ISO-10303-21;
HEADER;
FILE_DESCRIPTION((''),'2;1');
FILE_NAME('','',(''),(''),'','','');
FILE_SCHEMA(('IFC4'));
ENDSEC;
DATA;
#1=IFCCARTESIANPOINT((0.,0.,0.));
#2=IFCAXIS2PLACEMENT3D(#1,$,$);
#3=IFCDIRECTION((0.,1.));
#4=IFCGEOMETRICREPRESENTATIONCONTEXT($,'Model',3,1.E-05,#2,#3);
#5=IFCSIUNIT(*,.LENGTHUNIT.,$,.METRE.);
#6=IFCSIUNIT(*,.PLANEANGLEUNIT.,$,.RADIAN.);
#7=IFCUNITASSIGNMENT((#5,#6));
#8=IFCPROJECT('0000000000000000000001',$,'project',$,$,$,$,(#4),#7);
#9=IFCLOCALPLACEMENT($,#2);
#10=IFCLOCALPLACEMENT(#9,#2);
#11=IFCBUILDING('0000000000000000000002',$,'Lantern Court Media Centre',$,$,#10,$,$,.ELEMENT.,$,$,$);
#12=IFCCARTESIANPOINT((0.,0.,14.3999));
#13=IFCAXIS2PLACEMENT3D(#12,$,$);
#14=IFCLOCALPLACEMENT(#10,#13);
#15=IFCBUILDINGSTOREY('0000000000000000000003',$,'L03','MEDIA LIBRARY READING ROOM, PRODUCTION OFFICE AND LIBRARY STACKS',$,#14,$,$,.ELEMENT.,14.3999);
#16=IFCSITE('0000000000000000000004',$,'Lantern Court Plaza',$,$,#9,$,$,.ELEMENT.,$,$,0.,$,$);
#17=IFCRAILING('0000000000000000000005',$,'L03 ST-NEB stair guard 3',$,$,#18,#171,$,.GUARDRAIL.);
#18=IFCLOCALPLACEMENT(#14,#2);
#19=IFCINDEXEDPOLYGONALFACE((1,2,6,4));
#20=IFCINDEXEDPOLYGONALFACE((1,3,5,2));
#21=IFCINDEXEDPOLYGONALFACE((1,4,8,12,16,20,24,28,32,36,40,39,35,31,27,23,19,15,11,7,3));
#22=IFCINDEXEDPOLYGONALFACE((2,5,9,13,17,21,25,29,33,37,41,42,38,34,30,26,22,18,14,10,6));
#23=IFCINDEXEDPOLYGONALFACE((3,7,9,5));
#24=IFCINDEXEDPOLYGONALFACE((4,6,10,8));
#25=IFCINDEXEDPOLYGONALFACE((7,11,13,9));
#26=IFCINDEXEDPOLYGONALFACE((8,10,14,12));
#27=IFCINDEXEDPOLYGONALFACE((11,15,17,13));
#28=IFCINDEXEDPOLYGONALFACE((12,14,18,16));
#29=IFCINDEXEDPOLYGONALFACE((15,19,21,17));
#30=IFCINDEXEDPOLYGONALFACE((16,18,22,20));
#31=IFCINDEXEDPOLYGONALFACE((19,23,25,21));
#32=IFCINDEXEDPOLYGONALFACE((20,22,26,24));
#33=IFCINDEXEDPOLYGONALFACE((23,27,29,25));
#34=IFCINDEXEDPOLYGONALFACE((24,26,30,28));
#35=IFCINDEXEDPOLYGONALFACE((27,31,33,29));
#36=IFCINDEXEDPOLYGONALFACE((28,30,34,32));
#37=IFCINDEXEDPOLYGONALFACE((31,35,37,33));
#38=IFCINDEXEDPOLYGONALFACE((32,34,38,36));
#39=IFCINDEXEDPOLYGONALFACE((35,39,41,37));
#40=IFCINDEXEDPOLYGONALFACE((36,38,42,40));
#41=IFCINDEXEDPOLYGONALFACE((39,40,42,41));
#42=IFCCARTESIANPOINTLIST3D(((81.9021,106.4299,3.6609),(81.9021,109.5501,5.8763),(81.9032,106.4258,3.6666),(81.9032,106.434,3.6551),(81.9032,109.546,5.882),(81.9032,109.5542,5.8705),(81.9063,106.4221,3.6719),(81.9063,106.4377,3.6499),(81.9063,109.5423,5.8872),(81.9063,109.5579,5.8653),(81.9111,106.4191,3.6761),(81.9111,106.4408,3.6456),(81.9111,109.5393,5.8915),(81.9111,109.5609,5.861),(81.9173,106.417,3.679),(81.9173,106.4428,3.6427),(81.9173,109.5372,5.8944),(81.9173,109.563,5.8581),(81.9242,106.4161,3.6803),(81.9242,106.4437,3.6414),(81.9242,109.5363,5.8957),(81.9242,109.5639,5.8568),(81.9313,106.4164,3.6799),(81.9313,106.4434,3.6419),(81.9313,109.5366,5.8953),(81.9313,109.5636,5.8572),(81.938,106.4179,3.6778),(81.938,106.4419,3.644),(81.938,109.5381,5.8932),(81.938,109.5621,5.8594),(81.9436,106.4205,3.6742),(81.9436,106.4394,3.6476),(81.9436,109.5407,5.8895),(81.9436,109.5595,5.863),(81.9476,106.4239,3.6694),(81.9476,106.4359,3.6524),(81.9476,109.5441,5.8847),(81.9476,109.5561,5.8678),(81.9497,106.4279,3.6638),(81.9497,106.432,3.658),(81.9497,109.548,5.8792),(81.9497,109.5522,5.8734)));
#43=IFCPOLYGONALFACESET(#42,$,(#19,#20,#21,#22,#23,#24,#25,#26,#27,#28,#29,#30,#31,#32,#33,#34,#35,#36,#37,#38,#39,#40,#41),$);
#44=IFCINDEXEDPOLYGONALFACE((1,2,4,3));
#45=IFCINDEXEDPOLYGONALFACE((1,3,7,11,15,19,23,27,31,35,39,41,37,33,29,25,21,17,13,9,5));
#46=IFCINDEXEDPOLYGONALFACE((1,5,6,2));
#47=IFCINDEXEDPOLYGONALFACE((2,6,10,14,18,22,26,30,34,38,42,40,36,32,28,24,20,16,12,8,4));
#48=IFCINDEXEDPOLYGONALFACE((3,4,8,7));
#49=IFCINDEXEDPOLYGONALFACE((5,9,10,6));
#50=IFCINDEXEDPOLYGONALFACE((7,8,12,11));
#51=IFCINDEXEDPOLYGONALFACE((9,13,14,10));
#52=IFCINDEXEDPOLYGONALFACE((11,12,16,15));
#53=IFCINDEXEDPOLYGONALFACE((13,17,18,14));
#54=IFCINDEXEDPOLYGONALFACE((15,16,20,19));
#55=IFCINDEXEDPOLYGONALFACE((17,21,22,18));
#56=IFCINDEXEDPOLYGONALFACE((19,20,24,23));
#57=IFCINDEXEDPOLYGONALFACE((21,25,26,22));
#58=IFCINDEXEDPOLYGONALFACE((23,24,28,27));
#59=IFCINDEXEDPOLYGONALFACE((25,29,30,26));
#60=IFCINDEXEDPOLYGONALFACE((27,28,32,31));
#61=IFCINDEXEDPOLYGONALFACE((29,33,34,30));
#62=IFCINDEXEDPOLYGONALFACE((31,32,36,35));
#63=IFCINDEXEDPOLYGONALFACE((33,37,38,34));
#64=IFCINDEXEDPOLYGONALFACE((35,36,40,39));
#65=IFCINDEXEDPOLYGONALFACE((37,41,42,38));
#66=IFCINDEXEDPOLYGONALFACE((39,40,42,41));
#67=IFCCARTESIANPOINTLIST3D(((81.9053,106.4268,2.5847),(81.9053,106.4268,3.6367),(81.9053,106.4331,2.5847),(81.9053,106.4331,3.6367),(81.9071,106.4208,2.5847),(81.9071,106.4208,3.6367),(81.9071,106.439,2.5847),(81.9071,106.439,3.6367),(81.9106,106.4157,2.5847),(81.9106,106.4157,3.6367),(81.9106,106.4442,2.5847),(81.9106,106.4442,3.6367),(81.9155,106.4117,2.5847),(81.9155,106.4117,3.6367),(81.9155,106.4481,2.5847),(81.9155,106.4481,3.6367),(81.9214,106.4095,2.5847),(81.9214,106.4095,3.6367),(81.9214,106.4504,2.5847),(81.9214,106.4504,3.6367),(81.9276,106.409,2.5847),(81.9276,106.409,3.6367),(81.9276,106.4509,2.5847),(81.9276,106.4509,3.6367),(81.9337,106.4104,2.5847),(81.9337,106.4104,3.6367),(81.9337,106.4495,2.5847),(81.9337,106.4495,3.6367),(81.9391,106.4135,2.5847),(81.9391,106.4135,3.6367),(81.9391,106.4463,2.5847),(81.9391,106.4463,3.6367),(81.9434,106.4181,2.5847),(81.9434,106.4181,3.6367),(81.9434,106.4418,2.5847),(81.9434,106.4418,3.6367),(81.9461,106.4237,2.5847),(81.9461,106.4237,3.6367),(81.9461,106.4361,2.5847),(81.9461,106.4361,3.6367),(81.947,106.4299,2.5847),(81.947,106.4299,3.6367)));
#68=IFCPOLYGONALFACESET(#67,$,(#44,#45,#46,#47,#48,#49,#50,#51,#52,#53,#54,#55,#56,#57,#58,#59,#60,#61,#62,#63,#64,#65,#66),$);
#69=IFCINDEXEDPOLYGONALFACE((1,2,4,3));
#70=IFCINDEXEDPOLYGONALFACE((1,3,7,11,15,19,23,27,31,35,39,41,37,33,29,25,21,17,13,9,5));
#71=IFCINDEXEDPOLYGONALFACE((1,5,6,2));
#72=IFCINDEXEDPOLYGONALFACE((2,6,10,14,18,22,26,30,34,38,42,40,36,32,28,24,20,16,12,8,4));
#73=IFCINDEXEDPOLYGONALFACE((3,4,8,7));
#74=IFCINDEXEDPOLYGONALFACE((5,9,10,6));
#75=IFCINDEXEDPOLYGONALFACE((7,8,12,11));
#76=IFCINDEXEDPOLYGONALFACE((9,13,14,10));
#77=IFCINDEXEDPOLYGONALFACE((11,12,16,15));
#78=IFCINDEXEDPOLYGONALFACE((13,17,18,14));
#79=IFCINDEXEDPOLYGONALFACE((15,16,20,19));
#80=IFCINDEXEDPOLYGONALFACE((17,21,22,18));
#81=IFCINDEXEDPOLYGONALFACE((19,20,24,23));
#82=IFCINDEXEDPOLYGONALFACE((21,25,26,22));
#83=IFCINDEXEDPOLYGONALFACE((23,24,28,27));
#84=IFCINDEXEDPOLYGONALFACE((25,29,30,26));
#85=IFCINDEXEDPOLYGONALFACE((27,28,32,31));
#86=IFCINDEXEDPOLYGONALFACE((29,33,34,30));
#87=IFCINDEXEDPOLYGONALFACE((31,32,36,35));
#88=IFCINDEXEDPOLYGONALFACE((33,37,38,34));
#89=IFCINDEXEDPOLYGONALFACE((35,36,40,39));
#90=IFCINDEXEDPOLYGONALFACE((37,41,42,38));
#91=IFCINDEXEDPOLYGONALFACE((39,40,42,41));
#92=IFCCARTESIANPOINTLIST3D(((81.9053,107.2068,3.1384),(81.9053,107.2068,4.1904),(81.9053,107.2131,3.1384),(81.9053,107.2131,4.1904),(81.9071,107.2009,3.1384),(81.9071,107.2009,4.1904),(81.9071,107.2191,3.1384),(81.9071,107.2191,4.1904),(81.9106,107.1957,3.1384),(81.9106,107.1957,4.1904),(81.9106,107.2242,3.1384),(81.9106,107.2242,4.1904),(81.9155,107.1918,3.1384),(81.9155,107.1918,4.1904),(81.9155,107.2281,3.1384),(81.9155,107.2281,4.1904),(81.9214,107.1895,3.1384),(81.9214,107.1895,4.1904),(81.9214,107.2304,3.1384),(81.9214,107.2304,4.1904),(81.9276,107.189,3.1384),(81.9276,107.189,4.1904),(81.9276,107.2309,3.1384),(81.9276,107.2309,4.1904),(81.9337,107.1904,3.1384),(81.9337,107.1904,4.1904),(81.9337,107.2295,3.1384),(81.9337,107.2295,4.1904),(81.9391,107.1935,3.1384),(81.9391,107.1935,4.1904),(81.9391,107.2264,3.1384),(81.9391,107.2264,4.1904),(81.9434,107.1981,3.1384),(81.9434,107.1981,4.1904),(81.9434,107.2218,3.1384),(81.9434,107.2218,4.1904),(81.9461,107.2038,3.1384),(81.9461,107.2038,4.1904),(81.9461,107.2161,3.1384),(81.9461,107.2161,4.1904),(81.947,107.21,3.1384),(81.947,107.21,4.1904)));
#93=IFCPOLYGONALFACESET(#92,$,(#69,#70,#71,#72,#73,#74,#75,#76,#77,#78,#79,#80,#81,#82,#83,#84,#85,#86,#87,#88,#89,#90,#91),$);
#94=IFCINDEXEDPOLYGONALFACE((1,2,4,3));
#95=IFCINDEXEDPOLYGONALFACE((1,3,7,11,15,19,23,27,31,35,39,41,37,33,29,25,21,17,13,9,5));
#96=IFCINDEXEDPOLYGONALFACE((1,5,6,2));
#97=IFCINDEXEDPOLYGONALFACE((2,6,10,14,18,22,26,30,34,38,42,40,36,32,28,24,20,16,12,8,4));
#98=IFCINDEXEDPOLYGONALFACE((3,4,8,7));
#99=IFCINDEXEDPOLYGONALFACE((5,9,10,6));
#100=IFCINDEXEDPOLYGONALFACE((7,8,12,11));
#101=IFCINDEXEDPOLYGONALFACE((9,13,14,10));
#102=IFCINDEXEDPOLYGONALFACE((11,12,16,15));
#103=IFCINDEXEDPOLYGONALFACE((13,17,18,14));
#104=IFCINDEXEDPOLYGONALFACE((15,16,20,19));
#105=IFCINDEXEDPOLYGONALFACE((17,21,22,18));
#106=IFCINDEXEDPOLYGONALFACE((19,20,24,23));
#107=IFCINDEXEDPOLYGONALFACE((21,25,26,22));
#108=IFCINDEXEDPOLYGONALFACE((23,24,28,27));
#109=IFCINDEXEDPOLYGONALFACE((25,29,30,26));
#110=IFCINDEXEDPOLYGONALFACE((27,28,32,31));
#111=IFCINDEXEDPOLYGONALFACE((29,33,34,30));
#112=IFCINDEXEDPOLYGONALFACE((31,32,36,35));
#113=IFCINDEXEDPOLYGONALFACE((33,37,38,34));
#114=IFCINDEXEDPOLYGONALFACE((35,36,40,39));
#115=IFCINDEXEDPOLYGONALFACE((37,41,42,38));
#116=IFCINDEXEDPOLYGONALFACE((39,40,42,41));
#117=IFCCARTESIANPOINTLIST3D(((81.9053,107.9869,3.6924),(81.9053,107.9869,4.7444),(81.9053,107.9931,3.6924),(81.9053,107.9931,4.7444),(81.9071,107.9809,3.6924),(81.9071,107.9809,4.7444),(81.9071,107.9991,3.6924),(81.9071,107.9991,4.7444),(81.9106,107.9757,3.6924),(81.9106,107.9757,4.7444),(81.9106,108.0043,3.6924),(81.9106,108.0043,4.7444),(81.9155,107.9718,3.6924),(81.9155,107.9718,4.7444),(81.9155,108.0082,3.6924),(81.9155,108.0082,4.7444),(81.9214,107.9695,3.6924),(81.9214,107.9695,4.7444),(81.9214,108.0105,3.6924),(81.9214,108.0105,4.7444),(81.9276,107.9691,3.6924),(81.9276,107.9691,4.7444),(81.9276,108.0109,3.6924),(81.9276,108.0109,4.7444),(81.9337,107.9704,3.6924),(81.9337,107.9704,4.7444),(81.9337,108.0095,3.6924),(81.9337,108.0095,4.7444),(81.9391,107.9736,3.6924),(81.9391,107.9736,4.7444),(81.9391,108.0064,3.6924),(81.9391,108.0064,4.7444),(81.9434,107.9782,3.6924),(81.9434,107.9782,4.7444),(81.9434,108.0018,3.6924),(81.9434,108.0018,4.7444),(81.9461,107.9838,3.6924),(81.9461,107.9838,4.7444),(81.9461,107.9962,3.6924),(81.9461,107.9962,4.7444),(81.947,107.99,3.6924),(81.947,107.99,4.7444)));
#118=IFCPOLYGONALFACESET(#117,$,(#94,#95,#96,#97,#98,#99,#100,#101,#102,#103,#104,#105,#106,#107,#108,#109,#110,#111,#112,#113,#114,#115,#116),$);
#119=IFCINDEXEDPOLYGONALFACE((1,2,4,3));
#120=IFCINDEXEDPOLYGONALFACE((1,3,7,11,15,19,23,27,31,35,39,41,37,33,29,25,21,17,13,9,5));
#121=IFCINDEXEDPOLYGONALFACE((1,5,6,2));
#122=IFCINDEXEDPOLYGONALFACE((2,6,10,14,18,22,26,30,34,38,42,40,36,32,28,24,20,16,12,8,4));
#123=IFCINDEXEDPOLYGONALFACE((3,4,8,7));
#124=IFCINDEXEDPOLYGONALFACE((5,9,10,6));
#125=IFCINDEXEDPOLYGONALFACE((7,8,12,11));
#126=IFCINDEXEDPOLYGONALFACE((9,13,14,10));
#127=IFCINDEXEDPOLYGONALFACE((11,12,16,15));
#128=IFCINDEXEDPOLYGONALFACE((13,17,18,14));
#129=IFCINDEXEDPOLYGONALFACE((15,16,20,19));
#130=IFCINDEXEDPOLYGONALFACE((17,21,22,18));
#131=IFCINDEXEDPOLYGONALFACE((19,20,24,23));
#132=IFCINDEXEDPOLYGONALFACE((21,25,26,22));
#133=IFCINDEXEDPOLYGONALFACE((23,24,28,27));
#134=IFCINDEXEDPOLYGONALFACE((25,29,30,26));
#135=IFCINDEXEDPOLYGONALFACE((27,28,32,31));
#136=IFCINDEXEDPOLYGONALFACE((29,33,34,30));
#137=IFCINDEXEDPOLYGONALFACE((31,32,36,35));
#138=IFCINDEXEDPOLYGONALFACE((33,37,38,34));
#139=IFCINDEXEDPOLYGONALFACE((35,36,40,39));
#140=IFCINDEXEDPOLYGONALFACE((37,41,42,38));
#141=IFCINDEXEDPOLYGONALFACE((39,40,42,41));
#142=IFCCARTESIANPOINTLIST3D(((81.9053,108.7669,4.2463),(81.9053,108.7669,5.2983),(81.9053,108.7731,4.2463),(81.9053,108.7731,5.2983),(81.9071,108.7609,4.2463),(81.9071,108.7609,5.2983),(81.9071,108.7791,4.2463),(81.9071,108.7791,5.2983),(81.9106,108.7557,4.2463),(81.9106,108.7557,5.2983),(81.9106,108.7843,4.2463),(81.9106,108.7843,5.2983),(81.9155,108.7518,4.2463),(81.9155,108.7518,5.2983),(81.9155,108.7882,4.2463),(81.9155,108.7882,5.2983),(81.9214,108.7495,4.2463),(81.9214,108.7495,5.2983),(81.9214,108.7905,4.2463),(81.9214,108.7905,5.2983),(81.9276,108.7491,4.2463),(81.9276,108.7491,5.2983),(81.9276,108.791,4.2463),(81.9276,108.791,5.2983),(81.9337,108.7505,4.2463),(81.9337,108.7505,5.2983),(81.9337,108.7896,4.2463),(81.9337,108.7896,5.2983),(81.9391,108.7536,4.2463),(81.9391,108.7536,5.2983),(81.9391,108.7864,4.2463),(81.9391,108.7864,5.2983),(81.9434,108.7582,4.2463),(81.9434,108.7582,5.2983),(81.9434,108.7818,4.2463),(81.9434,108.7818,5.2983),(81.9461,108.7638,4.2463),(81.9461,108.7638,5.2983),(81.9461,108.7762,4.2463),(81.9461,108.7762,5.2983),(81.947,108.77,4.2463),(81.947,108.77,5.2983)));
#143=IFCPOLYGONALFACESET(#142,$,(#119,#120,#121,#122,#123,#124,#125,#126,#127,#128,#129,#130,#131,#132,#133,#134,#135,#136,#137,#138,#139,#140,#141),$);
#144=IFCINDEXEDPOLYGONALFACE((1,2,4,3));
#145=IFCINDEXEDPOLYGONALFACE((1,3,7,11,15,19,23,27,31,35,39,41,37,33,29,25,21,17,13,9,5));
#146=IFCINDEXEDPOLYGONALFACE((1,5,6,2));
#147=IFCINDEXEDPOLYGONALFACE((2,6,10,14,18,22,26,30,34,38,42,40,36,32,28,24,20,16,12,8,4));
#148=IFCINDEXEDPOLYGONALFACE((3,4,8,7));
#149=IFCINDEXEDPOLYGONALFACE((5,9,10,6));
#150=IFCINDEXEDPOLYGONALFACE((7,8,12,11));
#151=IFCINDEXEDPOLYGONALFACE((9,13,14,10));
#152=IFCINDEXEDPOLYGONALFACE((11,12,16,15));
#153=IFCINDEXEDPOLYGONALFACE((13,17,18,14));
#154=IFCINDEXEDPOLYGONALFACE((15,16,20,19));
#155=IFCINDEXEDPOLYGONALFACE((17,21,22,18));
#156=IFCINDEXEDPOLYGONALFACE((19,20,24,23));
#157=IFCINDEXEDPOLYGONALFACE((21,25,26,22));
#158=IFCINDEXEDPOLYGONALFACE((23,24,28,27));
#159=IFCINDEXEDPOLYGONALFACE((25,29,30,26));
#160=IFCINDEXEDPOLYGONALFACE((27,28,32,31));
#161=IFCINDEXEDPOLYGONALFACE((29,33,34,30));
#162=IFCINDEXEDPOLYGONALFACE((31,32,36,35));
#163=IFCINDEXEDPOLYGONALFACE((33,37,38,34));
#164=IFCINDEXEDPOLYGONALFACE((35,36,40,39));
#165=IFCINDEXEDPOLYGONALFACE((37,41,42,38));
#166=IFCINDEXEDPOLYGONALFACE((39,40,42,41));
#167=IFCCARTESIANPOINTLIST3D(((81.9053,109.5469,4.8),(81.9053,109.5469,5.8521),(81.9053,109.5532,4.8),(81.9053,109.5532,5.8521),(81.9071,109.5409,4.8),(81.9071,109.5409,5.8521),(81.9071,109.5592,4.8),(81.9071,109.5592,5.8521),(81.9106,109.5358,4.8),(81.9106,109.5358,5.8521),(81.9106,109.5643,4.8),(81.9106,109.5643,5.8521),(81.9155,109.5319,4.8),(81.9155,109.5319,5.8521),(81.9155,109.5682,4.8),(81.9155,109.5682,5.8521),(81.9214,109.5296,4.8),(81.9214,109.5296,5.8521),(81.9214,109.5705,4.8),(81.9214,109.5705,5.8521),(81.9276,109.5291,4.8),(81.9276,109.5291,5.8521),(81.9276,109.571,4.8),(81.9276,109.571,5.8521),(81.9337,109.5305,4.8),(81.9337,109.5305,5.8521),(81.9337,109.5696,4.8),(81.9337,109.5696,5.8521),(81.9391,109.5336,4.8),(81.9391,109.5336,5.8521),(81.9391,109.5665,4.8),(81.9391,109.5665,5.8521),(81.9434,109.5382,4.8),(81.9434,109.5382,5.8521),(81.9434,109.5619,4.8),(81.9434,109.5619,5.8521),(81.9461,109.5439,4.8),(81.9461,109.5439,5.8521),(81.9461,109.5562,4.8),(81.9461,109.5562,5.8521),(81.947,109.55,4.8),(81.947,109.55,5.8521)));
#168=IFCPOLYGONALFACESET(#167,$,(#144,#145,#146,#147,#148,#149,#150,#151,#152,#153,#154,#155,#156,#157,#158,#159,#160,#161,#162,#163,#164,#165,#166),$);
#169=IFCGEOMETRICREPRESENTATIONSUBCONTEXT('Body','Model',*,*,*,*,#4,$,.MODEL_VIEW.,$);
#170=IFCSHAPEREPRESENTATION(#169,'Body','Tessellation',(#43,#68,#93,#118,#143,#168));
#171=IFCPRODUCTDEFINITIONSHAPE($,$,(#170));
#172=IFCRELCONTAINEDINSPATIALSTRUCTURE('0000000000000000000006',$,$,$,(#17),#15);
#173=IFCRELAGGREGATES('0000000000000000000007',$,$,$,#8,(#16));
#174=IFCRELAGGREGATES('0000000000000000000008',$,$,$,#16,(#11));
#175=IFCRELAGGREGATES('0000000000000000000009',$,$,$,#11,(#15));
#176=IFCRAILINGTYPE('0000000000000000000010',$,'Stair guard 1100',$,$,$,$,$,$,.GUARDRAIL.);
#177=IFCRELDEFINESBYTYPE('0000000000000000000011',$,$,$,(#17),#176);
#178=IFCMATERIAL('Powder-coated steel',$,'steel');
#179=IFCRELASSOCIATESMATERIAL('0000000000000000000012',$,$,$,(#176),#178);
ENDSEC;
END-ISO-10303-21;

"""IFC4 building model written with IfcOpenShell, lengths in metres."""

from ifc_helpers import new_model, si_unit, direction, frame, origin, origin_2d, place, context, subcontext, project, spatial, circle, extrude, material, type_object, element, save


model = new_model("IFC4")

# Units and contexts
model_context = context("Model", 3, precision=1e-05, world=origin(), true_north=direction((0.0, 1.0)))
body_context = subcontext(model_context, "Body", "Model", "MODEL_VIEW")
ifc_project = project(units=[si_unit("LENGTHUNIT", "METRE"), si_unit("PLANEANGLEUNIT", "RADIAN")], contexts=[model_context])

# Site, building, storey
site_placement = place(None, origin())
site = spatial("IfcSite", under=ifc_project, at=site_placement, Name="Lantern Court Plaza", CompositionType="ELEMENT", RefElevation=0.0)
building_placement = place(site_placement, origin())
building = spatial("IfcBuilding", under=site, at=building_placement, Name="Lantern Court Media Centre", CompositionType="ELEMENT")
storey_placement = place(building_placement, frame((0.0, 0.0, 14.3999)))
storey = spatial("IfcBuildingStorey", under=building, at=storey_placement, Name="L03", Description="MEDIA LIBRARY READING ROOM, PRODUCTION OFFICE AND LIBRARY STACKS", CompositionType="ELEMENT", Elevation=14.3999)

# Railing
ifc_material_1 = material(Name="Powder-coated steel", Category="steel")
railing_type_1 = type_object("IfcRailingType", Name="Stair guard 1100", PredefinedType="GUARDRAIL", material=ifc_material_1)
railing_1_placement = place(storey_placement, frame((81.926, 106.4299, 2.5847)))
element("IfcRailing", 1, at=railing_1_placement, inside=storey, type_object=railing_type_1, Name="L03 ST-NEB stair guard 3", PredefinedType="GUARDRAIL", context=body_context, shape_type="SweptSolid", body=[
    extrude(circle(Radius=0.0239, at=origin_2d()), frame((0.0, 0.0, 1.0762), z_axis=(0.0, 0.815377, 0.57893), x_axis=(-1.0, 0.0, 0.0)), (0.0, 0.0, 1.0), 3.8267),
    extrude(circle(Radius=0.021, at=origin_2d()), origin(), (0.0, 0.0, 1.0), 1.052),
    extrude(circle(Radius=0.021, at=origin_2d()), frame((0.0, 0.78, 0.5537)), (0.0, 0.0, 1.0), 1.052),
    extrude(circle(Radius=0.021, at=origin_2d()), frame((0.0, 1.5601, 1.1077)), (0.0, 0.0, 1.0), 1.052),
    extrude(circle(Radius=0.021, at=origin_2d()), frame((0.0, 2.3401, 1.6616)), (0.0, 0.0, 1.0), 1.052),
    extrude(circle(Radius=0.021, at=origin_2d()), frame((0.0, 3.1201, 2.2153)), (0.0, 0.0, 1.0), 1.052),
])

save(model, "model.ifc")
